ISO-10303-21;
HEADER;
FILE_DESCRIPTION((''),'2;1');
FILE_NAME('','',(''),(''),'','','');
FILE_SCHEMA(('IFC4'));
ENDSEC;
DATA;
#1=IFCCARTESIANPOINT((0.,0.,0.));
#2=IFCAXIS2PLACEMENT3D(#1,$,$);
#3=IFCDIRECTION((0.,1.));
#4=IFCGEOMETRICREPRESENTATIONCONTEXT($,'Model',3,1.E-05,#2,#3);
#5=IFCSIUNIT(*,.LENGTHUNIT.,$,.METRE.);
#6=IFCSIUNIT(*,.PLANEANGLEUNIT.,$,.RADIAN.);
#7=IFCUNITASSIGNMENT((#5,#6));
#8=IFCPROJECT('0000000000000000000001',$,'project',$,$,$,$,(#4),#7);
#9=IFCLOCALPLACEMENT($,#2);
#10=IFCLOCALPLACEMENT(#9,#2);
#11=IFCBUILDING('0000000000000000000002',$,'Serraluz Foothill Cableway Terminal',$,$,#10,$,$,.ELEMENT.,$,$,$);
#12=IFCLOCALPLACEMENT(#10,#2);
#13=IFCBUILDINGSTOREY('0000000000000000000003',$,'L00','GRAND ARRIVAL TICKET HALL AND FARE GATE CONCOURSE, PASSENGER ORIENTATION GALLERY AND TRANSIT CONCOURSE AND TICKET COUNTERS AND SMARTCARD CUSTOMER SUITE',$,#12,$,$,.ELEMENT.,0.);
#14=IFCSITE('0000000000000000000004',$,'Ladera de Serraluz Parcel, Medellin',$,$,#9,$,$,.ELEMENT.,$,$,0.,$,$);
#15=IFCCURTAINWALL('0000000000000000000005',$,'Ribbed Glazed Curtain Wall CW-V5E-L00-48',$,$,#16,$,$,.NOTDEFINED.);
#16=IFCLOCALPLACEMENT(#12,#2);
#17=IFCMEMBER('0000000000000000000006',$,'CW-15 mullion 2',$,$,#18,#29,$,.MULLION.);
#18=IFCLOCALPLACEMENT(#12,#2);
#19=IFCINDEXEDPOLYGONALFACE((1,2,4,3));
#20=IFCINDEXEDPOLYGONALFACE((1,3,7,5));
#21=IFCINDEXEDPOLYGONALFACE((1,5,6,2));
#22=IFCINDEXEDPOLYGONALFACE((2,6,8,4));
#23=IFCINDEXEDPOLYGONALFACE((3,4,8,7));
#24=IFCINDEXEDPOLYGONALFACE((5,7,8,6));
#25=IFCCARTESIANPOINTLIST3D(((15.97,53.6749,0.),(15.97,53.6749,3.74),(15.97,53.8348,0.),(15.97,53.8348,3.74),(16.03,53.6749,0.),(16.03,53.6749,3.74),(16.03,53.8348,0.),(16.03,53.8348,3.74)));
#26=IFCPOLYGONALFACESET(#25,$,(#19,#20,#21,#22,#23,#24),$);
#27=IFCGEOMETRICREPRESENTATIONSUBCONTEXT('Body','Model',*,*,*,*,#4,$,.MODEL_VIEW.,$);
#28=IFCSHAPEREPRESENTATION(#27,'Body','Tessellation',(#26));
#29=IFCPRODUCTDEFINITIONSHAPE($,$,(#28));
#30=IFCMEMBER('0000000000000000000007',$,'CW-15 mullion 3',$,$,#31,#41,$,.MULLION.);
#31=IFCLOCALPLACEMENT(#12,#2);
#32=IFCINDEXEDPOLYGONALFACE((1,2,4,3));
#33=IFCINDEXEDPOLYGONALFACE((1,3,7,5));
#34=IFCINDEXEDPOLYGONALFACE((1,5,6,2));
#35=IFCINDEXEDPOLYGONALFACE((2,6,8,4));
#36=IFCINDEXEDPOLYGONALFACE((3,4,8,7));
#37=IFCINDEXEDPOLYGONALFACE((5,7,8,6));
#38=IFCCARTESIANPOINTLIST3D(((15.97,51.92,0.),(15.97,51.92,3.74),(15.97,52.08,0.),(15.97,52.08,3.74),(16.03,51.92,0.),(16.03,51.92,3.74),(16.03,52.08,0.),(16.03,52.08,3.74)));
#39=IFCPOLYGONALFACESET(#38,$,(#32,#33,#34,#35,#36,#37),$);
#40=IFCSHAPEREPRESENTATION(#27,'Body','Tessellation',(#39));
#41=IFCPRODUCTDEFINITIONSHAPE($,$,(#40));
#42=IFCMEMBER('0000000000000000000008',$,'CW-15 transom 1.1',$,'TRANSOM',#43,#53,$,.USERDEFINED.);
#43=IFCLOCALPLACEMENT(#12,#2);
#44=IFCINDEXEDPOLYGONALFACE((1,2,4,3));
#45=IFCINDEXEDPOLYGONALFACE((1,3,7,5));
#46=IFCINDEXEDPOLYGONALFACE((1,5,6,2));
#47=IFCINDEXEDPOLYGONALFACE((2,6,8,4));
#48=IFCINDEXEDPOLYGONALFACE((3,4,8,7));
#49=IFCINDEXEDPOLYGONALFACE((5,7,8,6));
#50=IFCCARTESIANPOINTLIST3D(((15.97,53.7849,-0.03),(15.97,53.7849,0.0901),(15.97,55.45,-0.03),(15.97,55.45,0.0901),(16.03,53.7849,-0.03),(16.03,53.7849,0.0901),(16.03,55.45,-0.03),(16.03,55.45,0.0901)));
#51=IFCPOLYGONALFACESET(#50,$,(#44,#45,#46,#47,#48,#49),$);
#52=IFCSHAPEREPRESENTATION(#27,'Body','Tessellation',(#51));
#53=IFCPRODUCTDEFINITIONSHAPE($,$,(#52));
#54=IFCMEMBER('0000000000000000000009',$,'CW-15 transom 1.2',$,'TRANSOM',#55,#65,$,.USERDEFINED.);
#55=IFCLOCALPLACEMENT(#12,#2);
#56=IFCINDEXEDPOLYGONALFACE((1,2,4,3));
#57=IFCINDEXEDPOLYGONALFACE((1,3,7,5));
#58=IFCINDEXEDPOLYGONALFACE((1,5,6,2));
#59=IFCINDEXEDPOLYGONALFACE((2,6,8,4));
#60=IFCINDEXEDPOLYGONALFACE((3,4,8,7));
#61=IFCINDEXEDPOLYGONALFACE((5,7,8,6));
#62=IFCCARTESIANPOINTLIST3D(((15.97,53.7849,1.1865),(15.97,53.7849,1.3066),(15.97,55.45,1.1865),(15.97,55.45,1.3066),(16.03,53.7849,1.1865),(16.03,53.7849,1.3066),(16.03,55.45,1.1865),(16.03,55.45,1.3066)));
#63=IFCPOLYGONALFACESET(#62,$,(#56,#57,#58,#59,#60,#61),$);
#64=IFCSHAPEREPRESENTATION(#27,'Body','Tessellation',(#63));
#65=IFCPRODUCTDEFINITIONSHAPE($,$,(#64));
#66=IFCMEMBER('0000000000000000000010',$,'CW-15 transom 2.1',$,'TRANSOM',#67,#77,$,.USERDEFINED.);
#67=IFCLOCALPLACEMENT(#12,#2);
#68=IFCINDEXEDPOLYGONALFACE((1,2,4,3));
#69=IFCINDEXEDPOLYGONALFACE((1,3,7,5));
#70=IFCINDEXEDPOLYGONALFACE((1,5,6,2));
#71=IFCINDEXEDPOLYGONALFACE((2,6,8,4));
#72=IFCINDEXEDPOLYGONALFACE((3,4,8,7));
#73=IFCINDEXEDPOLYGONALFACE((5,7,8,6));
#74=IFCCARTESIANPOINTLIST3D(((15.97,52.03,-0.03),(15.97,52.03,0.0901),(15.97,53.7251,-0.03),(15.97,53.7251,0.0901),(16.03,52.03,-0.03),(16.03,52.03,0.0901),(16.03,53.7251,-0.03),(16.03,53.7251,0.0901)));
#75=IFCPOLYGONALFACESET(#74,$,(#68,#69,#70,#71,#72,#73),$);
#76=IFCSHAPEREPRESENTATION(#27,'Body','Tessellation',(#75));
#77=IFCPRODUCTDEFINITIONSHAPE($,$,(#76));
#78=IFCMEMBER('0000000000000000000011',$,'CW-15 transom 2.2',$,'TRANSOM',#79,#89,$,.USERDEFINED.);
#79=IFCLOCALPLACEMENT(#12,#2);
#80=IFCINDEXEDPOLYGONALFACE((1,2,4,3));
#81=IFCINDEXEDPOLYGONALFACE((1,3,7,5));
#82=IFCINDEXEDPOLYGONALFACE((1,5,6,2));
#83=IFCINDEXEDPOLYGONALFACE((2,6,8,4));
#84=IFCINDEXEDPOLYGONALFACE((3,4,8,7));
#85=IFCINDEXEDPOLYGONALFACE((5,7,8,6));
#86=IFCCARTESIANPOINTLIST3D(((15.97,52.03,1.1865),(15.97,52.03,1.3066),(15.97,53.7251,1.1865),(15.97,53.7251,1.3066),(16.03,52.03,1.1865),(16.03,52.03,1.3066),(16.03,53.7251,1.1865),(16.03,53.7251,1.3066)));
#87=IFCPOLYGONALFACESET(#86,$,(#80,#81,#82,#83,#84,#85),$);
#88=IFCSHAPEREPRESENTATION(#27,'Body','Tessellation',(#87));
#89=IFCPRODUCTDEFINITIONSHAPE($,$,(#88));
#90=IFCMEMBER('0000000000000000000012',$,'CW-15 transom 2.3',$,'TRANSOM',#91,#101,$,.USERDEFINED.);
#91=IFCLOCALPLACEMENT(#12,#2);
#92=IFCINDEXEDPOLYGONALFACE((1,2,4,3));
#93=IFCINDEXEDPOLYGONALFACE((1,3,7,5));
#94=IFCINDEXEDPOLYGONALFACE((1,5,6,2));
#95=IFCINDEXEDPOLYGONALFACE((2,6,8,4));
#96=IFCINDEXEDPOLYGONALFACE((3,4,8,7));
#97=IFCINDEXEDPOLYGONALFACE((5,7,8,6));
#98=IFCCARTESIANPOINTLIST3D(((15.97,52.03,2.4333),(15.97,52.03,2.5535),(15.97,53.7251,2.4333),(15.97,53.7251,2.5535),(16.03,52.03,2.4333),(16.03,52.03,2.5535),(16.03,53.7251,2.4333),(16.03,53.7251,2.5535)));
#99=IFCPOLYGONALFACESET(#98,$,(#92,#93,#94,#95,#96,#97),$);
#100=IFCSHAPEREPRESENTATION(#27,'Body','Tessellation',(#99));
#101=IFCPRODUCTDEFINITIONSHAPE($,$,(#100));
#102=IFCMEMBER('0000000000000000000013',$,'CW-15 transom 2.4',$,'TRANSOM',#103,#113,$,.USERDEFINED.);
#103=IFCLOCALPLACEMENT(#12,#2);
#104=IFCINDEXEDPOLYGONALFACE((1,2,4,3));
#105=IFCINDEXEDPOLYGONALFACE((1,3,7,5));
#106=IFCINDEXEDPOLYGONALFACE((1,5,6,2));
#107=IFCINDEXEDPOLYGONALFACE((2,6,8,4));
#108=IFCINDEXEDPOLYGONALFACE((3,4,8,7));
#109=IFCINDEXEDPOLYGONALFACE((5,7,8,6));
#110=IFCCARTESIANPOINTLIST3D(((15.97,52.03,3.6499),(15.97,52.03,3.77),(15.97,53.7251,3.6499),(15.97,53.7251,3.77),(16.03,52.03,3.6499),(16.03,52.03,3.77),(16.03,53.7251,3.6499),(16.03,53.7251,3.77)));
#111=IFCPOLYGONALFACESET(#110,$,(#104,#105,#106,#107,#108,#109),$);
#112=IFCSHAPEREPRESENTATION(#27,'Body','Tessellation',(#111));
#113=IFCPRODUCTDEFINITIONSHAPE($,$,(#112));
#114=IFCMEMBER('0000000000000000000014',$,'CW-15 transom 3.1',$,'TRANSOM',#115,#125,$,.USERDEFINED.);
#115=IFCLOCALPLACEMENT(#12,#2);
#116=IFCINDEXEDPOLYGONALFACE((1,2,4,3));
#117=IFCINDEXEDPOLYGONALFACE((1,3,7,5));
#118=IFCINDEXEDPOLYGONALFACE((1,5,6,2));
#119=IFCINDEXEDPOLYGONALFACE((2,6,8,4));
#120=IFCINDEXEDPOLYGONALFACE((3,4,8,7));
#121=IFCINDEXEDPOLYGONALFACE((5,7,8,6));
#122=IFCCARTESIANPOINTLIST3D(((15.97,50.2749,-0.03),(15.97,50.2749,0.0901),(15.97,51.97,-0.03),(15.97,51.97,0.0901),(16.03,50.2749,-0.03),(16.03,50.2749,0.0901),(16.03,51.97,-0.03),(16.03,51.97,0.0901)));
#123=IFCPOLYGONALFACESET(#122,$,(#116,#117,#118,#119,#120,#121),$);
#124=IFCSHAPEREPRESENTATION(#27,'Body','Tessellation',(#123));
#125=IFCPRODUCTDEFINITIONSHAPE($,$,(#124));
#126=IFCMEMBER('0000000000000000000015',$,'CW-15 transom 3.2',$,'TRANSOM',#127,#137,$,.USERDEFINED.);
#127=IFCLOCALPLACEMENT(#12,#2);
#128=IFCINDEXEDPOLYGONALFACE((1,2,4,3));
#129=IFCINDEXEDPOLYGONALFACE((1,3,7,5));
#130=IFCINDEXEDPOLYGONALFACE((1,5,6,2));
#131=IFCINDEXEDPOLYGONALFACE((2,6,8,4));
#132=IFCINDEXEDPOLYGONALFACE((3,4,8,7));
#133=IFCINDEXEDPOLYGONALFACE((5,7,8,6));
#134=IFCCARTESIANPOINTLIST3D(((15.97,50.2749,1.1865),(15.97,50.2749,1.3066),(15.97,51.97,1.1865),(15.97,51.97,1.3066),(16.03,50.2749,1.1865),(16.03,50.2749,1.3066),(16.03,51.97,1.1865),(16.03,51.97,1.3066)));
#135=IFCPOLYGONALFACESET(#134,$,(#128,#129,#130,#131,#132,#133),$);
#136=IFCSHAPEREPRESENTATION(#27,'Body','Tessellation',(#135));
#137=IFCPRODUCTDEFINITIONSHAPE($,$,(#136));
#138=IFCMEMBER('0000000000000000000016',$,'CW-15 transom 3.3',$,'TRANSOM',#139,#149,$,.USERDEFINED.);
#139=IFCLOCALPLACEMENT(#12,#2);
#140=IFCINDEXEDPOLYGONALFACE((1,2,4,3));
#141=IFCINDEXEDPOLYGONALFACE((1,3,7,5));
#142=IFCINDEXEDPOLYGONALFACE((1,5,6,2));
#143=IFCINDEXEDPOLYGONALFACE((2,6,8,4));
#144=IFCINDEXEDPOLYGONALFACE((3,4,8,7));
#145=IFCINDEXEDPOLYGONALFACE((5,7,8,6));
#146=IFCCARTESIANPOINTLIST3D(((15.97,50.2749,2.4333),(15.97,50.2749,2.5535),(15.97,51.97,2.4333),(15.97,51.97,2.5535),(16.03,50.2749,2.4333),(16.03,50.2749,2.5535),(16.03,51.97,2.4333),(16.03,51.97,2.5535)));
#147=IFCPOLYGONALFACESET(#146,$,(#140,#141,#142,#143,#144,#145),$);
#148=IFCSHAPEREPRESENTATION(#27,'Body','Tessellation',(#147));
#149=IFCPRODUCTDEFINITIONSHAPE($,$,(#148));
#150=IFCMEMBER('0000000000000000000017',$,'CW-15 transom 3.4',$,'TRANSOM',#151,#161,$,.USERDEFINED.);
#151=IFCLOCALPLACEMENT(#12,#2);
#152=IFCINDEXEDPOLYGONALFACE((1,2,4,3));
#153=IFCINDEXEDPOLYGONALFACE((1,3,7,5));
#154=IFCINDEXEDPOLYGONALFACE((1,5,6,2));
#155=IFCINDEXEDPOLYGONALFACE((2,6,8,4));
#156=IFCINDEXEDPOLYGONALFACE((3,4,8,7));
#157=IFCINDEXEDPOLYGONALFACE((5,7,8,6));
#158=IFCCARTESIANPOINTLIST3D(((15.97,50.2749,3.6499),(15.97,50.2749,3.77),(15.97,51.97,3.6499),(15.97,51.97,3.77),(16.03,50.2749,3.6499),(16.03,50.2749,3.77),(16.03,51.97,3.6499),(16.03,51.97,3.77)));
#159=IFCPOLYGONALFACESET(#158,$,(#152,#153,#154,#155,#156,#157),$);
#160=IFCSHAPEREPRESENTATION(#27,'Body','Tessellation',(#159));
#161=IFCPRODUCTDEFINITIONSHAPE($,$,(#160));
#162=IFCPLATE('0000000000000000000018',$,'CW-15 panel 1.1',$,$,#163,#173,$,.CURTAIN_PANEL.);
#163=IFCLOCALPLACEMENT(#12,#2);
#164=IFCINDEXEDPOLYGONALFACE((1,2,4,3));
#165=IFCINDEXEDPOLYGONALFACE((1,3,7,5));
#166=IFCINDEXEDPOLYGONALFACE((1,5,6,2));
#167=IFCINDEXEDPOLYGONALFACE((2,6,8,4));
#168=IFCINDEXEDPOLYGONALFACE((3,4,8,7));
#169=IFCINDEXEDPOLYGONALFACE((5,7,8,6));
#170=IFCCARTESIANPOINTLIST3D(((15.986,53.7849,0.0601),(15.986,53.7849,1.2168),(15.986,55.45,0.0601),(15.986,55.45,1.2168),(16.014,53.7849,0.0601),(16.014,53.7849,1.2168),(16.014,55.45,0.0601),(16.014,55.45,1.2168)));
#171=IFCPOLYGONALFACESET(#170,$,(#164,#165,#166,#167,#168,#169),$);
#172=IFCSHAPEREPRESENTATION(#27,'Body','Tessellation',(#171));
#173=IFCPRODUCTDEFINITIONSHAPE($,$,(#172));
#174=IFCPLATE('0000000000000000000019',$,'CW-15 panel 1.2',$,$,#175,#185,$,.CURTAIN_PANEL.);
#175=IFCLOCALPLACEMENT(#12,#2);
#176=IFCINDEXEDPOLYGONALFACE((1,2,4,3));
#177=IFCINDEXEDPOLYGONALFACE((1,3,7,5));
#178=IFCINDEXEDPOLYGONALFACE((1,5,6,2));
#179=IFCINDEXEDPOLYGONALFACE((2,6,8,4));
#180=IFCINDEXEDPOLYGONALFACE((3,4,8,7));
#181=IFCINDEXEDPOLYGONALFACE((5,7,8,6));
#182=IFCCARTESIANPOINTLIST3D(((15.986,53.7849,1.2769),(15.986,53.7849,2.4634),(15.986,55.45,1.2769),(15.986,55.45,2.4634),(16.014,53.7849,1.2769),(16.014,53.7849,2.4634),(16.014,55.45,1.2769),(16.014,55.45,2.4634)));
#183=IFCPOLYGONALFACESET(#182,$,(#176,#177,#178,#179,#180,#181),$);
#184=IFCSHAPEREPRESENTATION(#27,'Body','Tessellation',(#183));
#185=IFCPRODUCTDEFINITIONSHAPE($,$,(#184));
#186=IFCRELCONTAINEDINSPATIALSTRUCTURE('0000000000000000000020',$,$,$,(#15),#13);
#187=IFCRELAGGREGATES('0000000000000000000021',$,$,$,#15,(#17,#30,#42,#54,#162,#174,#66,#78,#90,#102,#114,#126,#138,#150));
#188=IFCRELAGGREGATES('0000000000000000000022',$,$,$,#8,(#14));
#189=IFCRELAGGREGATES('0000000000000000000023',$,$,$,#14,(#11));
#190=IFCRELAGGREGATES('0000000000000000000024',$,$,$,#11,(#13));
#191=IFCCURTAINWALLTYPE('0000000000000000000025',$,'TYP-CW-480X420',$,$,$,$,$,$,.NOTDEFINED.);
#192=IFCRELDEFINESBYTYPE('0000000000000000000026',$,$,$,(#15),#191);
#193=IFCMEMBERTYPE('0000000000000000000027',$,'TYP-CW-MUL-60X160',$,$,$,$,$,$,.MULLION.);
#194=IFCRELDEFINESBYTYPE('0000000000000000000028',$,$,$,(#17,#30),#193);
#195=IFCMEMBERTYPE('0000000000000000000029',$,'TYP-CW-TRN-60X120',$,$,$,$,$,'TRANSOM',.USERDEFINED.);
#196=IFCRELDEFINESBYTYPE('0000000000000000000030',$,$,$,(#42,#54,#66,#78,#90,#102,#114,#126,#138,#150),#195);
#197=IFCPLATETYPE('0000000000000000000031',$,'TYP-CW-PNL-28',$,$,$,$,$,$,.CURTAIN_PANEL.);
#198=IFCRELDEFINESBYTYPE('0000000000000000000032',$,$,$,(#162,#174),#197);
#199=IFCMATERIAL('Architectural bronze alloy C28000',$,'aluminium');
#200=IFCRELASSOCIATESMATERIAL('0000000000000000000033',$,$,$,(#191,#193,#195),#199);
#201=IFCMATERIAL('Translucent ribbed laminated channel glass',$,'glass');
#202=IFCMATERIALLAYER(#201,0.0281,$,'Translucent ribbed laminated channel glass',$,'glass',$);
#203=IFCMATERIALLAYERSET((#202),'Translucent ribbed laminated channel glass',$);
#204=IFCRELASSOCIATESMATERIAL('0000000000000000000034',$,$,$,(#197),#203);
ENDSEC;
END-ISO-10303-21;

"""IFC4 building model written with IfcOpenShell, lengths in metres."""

from ifc_helpers import new_model, si_unit, direction, frame, origin, origin_2d, place, context, subcontext, project, spatial, rectangle, extrude, material, layer, layer_set, material_profile, profile_set, type_object, element, aggregate, save


model = new_model("IFC4")

# Units and contexts
model_context = context("Model", 3, precision=1e-05, world=origin(), true_north=direction((0.0, 1.0)))
body_context = subcontext(model_context, "Body", "Model", "MODEL_VIEW")
ifc_project = project(units=[si_unit("LENGTHUNIT", "METRE"), si_unit("PLANEANGLEUNIT", "RADIAN")], contexts=[model_context])

# Site, building, storey
site_placement = place(None, origin())
site = spatial("IfcSite", under=ifc_project, at=site_placement, Name="Ladera de Serraluz Parcel, Medellin", CompositionType="ELEMENT", RefElevation=0.0)
building_placement = place(site_placement, origin())
building = spatial("IfcBuilding", under=site, at=building_placement, Name="Serraluz Foothill Cableway Terminal", CompositionType="ELEMENT")
storey_placement = place(building_placement, origin())
storey = spatial("IfcBuildingStorey", under=building, at=storey_placement, Name="L00", Description="GRAND ARRIVAL TICKET HALL AND FARE GATE CONCOURSE, PASSENGER ORIENTATION GALLERY AND TRANSIT CONCOURSE AND TICKET COUNTERS AND SMARTCARD CUSTOMER SUITE", CompositionType="ELEMENT", Elevation=0.0)

# Curtain wall, members, plates
ifc_material_1 = material(Name="Architectural bronze alloy C28000", Category="aluminium")
curtain_wall_type = type_object("IfcCurtainWallType", Name="TYP-CW-480X420", PredefinedType="NOTDEFINED", material=ifc_material_1)
curtain_wall_placement = place(storey_placement, origin())
curtain_wall = element("IfcCurtainWall", 1, at=curtain_wall_placement, inside=storey, type_object=curtain_wall_type, Name="Ribbed Glazed Curtain Wall CW-V5E-L00-48", PredefinedType="NOTDEFINED")
ifc_material_profile_1 = material_profile(ifc_material_1, rectangle(XDim=0.0601, YDim=0.1599, at=origin_2d()), Name="ALU MULLION 60x160")
ifc_profile_set_1 = profile_set([ifc_material_profile_1], Name="Architectural bronze alloy C28000")
member_type_1 = type_object("IfcMemberType", Name="TYP-CW-MUL-60X160", PredefinedType="MULLION", material=ifc_profile_set_1)
member_1_placement = place(storey_placement, frame((16.0, 53.7549, 0.0), z_axis=(0.0, 0.0, 1.0), x_axis=(1.0, 0.0, 0.0)))
member_1 = element("IfcMember", 2, at=member_1_placement, type_object=member_type_1, Name="CW-15 mullion 2", PredefinedType="MULLION", context=body_context, shape_type="SweptSolid", body=[
    extrude(rectangle(XDim=0.0601, YDim=0.1599, at=origin_2d()), origin(), (0.0, 0.0, 1.0), 3.74),
])
member_2_placement = place(storey_placement, frame((16.0, 52.0, 0.0), z_axis=(0.0, 0.0, 1.0), x_axis=(1.0, 0.0, 0.0)))
member_2 = element("IfcMember", 3, at=member_2_placement, type_object=member_type_1, Name="CW-15 mullion 3", PredefinedType="MULLION", context=body_context, shape_type="SweptSolid", body=[
    extrude(rectangle(XDim=0.0601, YDim=0.1599, at=origin_2d()), origin(), (0.0, 0.0, 1.0), 3.74),
])
ifc_material_profile_2 = material_profile(ifc_material_1, rectangle(XDim=0.0601, YDim=0.1201, at=origin_2d()), Name="ALU TRANSOM 60x120")
ifc_profile_set_2 = profile_set([ifc_material_profile_2], Name="Architectural bronze alloy C28000")
member_type_2 = type_object("IfcMemberType", Name="TYP-CW-TRN-60X120", ElementType="TRANSOM", PredefinedType="USERDEFINED", material=ifc_profile_set_2)
member_3_placement = place(storey_placement, frame((16.0, 55.45, 0.03), z_axis=(0.0, -1.0, 0.0), x_axis=(1.0, 0.0, 0.0)))
member_3 = element("IfcMember", 4, at=member_3_placement, type_object=member_type_2, Name="CW-15 transom 1.1", ObjectType="TRANSOM", PredefinedType="USERDEFINED", context=body_context, shape_type="SweptSolid", body=[
    extrude(rectangle(XDim=0.0601, YDim=0.1201, at=origin_2d()), origin(), (0.0, 0.0, 1.0), 1.665),
])
member_4_placement = place(storey_placement, frame((16.0, 55.45, 1.2466), z_axis=(0.0, -1.0, 0.0), x_axis=(1.0, 0.0, 0.0)))
member_4 = element("IfcMember", 5, at=member_4_placement, type_object=member_type_2, Name="CW-15 transom 1.2", ObjectType="TRANSOM", PredefinedType="USERDEFINED", context=body_context, shape_type="SweptSolid", body=[
    extrude(rectangle(XDim=0.0601, YDim=0.1201, at=origin_2d()), origin(), (0.0, 0.0, 1.0), 1.665),
])
member_5_placement = place(storey_placement, frame((16.0, 53.7251, 0.03), z_axis=(0.0, -1.0, 0.0), x_axis=(1.0, 0.0, 0.0)))
member_5 = element("IfcMember", 6, at=member_5_placement, type_object=member_type_2, Name="CW-15 transom 2.1", ObjectType="TRANSOM", PredefinedType="USERDEFINED", context=body_context, shape_type="SweptSolid", body=[
    extrude(rectangle(XDim=0.0601, YDim=0.1201, at=origin_2d()), origin(), (0.0, 0.0, 1.0), 1.6951),
])
member_6_placement = place(storey_placement, frame((16.0, 53.7251, 1.2466), z_axis=(0.0, -1.0, 0.0), x_axis=(1.0, 0.0, 0.0)))
member_6 = element("IfcMember", 7, at=member_6_placement, type_object=member_type_2, Name="CW-15 transom 2.2", ObjectType="TRANSOM", PredefinedType="USERDEFINED", context=body_context, shape_type="SweptSolid", body=[
    extrude(rectangle(XDim=0.0601, YDim=0.1201, at=origin_2d()), origin(), (0.0, 0.0, 1.0), 1.6951),
])
member_7_placement = place(storey_placement, frame((16.0, 53.7251, 2.4934), z_axis=(0.0, -1.0, 0.0), x_axis=(1.0, 0.0, 0.0)))
member_7 = element("IfcMember", 8, at=member_7_placement, type_object=member_type_2, Name="CW-15 transom 2.3", ObjectType="TRANSOM", PredefinedType="USERDEFINED", context=body_context, shape_type="SweptSolid", body=[
    extrude(rectangle(XDim=0.0601, YDim=0.1201, at=origin_2d()), origin(), (0.0, 0.0, 1.0), 1.6951),
])
member_8_placement = place(storey_placement, frame((16.0, 53.7251, 3.71), z_axis=(0.0, -1.0, 0.0), x_axis=(1.0, 0.0, 0.0)))
member_8 = element("IfcMember", 9, at=member_8_placement, type_object=member_type_2, Name="CW-15 transom 2.4", ObjectType="TRANSOM", PredefinedType="USERDEFINED", context=body_context, shape_type="SweptSolid", body=[
    extrude(rectangle(XDim=0.0601, YDim=0.1201, at=origin_2d()), origin(), (0.0, 0.0, 1.0), 1.6951),
])
member_9_placement = place(storey_placement, frame((16.0, 51.97, 0.03), z_axis=(0.0, -1.0, 0.0), x_axis=(1.0, 0.0, 0.0)))
member_9 = element("IfcMember", 10, at=member_9_placement, type_object=member_type_2, Name="CW-15 transom 3.1", ObjectType="TRANSOM", PredefinedType="USERDEFINED", context=body_context, shape_type="SweptSolid", body=[
    extrude(rectangle(XDim=0.0601, YDim=0.1201, at=origin_2d()), origin(), (0.0, 0.0, 1.0), 1.6951),
])
member_10_placement = place(storey_placement, frame((16.0, 51.97, 1.2466), z_axis=(0.0, -1.0, 0.0), x_axis=(1.0, 0.0, 0.0)))
member_10 = element("IfcMember", 11, at=member_10_placement, type_object=member_type_2, Name="CW-15 transom 3.2", ObjectType="TRANSOM", PredefinedType="USERDEFINED", context=body_context, shape_type="SweptSolid", body=[
    extrude(rectangle(XDim=0.0601, YDim=0.1201, at=origin_2d()), origin(), (0.0, 0.0, 1.0), 1.6951),
])
member_11_placement = place(storey_placement, frame((16.0, 51.97, 2.4934), z_axis=(0.0, -1.0, 0.0), x_axis=(1.0, 0.0, 0.0)))
member_11 = element("IfcMember", 12, at=member_11_placement, type_object=member_type_2, Name="CW-15 transom 3.3", ObjectType="TRANSOM", PredefinedType="USERDEFINED", context=body_context, shape_type="SweptSolid", body=[
    extrude(rectangle(XDim=0.0601, YDim=0.1201, at=origin_2d()), origin(), (0.0, 0.0, 1.0), 1.6951),
])
member_12_placement = place(storey_placement, frame((16.0, 51.97, 3.71), z_axis=(0.0, -1.0, 0.0), x_axis=(1.0, 0.0, 0.0)))
member_12 = element("IfcMember", 13, at=member_12_placement, type_object=member_type_2, Name="CW-15 transom 3.4", ObjectType="TRANSOM", PredefinedType="USERDEFINED", context=body_context, shape_type="SweptSolid", body=[
    extrude(rectangle(XDim=0.0601, YDim=0.1201, at=origin_2d()), origin(), (0.0, 0.0, 1.0), 1.6951),
])
ifc_material_2 = material(Name="Translucent ribbed laminated channel glass", Category="glass")
ifc_layer = layer(ifc_material_2, 0.0281, Name="Translucent ribbed laminated channel glass", Category="glass")
ifc_layer_set = layer_set([ifc_layer], Name="Translucent ribbed laminated channel glass")
plate_type = type_object("IfcPlateType", Name="TYP-CW-PNL-28", PredefinedType="CURTAIN_PANEL", material=ifc_layer_set)
plate_1_placement = place(storey_placement, frame((16.0, 54.6174, 0.0601), z_axis=(0.0, 0.0, 1.0), x_axis=(0.0, -1.0, 0.0)))
plate_1 = element("IfcPlate", 14, at=plate_1_placement, type_object=plate_type, Name="CW-15 panel 1.1", PredefinedType="CURTAIN_PANEL", context=body_context, shape_type="SweptSolid", body=[
    extrude(rectangle(XDim=1.665, YDim=0.0281, at=origin_2d()), origin(), (0.0, 0.0, 1.0), 1.1567),
])
plate_2_placement = place(storey_placement, frame((16.0, 54.6174, 1.2769), z_axis=(0.0, 0.0, 1.0), x_axis=(0.0, -1.0, 0.0)))
plate_2 = element("IfcPlate", 15, at=plate_2_placement, type_object=plate_type, Name="CW-15 panel 1.2", PredefinedType="CURTAIN_PANEL", context=body_context, shape_type="SweptSolid", body=[
    extrude(rectangle(XDim=1.665, YDim=0.0281, at=origin_2d()), origin(), (0.0, 0.0, 1.0), 1.1865),
])
aggregate(curtain_wall, [member_1, member_2, member_3, member_4, plate_1, plate_2, member_5, member_6, member_7, member_8, member_9, member_10, member_11, member_12])

save(model, "model.ifc")
